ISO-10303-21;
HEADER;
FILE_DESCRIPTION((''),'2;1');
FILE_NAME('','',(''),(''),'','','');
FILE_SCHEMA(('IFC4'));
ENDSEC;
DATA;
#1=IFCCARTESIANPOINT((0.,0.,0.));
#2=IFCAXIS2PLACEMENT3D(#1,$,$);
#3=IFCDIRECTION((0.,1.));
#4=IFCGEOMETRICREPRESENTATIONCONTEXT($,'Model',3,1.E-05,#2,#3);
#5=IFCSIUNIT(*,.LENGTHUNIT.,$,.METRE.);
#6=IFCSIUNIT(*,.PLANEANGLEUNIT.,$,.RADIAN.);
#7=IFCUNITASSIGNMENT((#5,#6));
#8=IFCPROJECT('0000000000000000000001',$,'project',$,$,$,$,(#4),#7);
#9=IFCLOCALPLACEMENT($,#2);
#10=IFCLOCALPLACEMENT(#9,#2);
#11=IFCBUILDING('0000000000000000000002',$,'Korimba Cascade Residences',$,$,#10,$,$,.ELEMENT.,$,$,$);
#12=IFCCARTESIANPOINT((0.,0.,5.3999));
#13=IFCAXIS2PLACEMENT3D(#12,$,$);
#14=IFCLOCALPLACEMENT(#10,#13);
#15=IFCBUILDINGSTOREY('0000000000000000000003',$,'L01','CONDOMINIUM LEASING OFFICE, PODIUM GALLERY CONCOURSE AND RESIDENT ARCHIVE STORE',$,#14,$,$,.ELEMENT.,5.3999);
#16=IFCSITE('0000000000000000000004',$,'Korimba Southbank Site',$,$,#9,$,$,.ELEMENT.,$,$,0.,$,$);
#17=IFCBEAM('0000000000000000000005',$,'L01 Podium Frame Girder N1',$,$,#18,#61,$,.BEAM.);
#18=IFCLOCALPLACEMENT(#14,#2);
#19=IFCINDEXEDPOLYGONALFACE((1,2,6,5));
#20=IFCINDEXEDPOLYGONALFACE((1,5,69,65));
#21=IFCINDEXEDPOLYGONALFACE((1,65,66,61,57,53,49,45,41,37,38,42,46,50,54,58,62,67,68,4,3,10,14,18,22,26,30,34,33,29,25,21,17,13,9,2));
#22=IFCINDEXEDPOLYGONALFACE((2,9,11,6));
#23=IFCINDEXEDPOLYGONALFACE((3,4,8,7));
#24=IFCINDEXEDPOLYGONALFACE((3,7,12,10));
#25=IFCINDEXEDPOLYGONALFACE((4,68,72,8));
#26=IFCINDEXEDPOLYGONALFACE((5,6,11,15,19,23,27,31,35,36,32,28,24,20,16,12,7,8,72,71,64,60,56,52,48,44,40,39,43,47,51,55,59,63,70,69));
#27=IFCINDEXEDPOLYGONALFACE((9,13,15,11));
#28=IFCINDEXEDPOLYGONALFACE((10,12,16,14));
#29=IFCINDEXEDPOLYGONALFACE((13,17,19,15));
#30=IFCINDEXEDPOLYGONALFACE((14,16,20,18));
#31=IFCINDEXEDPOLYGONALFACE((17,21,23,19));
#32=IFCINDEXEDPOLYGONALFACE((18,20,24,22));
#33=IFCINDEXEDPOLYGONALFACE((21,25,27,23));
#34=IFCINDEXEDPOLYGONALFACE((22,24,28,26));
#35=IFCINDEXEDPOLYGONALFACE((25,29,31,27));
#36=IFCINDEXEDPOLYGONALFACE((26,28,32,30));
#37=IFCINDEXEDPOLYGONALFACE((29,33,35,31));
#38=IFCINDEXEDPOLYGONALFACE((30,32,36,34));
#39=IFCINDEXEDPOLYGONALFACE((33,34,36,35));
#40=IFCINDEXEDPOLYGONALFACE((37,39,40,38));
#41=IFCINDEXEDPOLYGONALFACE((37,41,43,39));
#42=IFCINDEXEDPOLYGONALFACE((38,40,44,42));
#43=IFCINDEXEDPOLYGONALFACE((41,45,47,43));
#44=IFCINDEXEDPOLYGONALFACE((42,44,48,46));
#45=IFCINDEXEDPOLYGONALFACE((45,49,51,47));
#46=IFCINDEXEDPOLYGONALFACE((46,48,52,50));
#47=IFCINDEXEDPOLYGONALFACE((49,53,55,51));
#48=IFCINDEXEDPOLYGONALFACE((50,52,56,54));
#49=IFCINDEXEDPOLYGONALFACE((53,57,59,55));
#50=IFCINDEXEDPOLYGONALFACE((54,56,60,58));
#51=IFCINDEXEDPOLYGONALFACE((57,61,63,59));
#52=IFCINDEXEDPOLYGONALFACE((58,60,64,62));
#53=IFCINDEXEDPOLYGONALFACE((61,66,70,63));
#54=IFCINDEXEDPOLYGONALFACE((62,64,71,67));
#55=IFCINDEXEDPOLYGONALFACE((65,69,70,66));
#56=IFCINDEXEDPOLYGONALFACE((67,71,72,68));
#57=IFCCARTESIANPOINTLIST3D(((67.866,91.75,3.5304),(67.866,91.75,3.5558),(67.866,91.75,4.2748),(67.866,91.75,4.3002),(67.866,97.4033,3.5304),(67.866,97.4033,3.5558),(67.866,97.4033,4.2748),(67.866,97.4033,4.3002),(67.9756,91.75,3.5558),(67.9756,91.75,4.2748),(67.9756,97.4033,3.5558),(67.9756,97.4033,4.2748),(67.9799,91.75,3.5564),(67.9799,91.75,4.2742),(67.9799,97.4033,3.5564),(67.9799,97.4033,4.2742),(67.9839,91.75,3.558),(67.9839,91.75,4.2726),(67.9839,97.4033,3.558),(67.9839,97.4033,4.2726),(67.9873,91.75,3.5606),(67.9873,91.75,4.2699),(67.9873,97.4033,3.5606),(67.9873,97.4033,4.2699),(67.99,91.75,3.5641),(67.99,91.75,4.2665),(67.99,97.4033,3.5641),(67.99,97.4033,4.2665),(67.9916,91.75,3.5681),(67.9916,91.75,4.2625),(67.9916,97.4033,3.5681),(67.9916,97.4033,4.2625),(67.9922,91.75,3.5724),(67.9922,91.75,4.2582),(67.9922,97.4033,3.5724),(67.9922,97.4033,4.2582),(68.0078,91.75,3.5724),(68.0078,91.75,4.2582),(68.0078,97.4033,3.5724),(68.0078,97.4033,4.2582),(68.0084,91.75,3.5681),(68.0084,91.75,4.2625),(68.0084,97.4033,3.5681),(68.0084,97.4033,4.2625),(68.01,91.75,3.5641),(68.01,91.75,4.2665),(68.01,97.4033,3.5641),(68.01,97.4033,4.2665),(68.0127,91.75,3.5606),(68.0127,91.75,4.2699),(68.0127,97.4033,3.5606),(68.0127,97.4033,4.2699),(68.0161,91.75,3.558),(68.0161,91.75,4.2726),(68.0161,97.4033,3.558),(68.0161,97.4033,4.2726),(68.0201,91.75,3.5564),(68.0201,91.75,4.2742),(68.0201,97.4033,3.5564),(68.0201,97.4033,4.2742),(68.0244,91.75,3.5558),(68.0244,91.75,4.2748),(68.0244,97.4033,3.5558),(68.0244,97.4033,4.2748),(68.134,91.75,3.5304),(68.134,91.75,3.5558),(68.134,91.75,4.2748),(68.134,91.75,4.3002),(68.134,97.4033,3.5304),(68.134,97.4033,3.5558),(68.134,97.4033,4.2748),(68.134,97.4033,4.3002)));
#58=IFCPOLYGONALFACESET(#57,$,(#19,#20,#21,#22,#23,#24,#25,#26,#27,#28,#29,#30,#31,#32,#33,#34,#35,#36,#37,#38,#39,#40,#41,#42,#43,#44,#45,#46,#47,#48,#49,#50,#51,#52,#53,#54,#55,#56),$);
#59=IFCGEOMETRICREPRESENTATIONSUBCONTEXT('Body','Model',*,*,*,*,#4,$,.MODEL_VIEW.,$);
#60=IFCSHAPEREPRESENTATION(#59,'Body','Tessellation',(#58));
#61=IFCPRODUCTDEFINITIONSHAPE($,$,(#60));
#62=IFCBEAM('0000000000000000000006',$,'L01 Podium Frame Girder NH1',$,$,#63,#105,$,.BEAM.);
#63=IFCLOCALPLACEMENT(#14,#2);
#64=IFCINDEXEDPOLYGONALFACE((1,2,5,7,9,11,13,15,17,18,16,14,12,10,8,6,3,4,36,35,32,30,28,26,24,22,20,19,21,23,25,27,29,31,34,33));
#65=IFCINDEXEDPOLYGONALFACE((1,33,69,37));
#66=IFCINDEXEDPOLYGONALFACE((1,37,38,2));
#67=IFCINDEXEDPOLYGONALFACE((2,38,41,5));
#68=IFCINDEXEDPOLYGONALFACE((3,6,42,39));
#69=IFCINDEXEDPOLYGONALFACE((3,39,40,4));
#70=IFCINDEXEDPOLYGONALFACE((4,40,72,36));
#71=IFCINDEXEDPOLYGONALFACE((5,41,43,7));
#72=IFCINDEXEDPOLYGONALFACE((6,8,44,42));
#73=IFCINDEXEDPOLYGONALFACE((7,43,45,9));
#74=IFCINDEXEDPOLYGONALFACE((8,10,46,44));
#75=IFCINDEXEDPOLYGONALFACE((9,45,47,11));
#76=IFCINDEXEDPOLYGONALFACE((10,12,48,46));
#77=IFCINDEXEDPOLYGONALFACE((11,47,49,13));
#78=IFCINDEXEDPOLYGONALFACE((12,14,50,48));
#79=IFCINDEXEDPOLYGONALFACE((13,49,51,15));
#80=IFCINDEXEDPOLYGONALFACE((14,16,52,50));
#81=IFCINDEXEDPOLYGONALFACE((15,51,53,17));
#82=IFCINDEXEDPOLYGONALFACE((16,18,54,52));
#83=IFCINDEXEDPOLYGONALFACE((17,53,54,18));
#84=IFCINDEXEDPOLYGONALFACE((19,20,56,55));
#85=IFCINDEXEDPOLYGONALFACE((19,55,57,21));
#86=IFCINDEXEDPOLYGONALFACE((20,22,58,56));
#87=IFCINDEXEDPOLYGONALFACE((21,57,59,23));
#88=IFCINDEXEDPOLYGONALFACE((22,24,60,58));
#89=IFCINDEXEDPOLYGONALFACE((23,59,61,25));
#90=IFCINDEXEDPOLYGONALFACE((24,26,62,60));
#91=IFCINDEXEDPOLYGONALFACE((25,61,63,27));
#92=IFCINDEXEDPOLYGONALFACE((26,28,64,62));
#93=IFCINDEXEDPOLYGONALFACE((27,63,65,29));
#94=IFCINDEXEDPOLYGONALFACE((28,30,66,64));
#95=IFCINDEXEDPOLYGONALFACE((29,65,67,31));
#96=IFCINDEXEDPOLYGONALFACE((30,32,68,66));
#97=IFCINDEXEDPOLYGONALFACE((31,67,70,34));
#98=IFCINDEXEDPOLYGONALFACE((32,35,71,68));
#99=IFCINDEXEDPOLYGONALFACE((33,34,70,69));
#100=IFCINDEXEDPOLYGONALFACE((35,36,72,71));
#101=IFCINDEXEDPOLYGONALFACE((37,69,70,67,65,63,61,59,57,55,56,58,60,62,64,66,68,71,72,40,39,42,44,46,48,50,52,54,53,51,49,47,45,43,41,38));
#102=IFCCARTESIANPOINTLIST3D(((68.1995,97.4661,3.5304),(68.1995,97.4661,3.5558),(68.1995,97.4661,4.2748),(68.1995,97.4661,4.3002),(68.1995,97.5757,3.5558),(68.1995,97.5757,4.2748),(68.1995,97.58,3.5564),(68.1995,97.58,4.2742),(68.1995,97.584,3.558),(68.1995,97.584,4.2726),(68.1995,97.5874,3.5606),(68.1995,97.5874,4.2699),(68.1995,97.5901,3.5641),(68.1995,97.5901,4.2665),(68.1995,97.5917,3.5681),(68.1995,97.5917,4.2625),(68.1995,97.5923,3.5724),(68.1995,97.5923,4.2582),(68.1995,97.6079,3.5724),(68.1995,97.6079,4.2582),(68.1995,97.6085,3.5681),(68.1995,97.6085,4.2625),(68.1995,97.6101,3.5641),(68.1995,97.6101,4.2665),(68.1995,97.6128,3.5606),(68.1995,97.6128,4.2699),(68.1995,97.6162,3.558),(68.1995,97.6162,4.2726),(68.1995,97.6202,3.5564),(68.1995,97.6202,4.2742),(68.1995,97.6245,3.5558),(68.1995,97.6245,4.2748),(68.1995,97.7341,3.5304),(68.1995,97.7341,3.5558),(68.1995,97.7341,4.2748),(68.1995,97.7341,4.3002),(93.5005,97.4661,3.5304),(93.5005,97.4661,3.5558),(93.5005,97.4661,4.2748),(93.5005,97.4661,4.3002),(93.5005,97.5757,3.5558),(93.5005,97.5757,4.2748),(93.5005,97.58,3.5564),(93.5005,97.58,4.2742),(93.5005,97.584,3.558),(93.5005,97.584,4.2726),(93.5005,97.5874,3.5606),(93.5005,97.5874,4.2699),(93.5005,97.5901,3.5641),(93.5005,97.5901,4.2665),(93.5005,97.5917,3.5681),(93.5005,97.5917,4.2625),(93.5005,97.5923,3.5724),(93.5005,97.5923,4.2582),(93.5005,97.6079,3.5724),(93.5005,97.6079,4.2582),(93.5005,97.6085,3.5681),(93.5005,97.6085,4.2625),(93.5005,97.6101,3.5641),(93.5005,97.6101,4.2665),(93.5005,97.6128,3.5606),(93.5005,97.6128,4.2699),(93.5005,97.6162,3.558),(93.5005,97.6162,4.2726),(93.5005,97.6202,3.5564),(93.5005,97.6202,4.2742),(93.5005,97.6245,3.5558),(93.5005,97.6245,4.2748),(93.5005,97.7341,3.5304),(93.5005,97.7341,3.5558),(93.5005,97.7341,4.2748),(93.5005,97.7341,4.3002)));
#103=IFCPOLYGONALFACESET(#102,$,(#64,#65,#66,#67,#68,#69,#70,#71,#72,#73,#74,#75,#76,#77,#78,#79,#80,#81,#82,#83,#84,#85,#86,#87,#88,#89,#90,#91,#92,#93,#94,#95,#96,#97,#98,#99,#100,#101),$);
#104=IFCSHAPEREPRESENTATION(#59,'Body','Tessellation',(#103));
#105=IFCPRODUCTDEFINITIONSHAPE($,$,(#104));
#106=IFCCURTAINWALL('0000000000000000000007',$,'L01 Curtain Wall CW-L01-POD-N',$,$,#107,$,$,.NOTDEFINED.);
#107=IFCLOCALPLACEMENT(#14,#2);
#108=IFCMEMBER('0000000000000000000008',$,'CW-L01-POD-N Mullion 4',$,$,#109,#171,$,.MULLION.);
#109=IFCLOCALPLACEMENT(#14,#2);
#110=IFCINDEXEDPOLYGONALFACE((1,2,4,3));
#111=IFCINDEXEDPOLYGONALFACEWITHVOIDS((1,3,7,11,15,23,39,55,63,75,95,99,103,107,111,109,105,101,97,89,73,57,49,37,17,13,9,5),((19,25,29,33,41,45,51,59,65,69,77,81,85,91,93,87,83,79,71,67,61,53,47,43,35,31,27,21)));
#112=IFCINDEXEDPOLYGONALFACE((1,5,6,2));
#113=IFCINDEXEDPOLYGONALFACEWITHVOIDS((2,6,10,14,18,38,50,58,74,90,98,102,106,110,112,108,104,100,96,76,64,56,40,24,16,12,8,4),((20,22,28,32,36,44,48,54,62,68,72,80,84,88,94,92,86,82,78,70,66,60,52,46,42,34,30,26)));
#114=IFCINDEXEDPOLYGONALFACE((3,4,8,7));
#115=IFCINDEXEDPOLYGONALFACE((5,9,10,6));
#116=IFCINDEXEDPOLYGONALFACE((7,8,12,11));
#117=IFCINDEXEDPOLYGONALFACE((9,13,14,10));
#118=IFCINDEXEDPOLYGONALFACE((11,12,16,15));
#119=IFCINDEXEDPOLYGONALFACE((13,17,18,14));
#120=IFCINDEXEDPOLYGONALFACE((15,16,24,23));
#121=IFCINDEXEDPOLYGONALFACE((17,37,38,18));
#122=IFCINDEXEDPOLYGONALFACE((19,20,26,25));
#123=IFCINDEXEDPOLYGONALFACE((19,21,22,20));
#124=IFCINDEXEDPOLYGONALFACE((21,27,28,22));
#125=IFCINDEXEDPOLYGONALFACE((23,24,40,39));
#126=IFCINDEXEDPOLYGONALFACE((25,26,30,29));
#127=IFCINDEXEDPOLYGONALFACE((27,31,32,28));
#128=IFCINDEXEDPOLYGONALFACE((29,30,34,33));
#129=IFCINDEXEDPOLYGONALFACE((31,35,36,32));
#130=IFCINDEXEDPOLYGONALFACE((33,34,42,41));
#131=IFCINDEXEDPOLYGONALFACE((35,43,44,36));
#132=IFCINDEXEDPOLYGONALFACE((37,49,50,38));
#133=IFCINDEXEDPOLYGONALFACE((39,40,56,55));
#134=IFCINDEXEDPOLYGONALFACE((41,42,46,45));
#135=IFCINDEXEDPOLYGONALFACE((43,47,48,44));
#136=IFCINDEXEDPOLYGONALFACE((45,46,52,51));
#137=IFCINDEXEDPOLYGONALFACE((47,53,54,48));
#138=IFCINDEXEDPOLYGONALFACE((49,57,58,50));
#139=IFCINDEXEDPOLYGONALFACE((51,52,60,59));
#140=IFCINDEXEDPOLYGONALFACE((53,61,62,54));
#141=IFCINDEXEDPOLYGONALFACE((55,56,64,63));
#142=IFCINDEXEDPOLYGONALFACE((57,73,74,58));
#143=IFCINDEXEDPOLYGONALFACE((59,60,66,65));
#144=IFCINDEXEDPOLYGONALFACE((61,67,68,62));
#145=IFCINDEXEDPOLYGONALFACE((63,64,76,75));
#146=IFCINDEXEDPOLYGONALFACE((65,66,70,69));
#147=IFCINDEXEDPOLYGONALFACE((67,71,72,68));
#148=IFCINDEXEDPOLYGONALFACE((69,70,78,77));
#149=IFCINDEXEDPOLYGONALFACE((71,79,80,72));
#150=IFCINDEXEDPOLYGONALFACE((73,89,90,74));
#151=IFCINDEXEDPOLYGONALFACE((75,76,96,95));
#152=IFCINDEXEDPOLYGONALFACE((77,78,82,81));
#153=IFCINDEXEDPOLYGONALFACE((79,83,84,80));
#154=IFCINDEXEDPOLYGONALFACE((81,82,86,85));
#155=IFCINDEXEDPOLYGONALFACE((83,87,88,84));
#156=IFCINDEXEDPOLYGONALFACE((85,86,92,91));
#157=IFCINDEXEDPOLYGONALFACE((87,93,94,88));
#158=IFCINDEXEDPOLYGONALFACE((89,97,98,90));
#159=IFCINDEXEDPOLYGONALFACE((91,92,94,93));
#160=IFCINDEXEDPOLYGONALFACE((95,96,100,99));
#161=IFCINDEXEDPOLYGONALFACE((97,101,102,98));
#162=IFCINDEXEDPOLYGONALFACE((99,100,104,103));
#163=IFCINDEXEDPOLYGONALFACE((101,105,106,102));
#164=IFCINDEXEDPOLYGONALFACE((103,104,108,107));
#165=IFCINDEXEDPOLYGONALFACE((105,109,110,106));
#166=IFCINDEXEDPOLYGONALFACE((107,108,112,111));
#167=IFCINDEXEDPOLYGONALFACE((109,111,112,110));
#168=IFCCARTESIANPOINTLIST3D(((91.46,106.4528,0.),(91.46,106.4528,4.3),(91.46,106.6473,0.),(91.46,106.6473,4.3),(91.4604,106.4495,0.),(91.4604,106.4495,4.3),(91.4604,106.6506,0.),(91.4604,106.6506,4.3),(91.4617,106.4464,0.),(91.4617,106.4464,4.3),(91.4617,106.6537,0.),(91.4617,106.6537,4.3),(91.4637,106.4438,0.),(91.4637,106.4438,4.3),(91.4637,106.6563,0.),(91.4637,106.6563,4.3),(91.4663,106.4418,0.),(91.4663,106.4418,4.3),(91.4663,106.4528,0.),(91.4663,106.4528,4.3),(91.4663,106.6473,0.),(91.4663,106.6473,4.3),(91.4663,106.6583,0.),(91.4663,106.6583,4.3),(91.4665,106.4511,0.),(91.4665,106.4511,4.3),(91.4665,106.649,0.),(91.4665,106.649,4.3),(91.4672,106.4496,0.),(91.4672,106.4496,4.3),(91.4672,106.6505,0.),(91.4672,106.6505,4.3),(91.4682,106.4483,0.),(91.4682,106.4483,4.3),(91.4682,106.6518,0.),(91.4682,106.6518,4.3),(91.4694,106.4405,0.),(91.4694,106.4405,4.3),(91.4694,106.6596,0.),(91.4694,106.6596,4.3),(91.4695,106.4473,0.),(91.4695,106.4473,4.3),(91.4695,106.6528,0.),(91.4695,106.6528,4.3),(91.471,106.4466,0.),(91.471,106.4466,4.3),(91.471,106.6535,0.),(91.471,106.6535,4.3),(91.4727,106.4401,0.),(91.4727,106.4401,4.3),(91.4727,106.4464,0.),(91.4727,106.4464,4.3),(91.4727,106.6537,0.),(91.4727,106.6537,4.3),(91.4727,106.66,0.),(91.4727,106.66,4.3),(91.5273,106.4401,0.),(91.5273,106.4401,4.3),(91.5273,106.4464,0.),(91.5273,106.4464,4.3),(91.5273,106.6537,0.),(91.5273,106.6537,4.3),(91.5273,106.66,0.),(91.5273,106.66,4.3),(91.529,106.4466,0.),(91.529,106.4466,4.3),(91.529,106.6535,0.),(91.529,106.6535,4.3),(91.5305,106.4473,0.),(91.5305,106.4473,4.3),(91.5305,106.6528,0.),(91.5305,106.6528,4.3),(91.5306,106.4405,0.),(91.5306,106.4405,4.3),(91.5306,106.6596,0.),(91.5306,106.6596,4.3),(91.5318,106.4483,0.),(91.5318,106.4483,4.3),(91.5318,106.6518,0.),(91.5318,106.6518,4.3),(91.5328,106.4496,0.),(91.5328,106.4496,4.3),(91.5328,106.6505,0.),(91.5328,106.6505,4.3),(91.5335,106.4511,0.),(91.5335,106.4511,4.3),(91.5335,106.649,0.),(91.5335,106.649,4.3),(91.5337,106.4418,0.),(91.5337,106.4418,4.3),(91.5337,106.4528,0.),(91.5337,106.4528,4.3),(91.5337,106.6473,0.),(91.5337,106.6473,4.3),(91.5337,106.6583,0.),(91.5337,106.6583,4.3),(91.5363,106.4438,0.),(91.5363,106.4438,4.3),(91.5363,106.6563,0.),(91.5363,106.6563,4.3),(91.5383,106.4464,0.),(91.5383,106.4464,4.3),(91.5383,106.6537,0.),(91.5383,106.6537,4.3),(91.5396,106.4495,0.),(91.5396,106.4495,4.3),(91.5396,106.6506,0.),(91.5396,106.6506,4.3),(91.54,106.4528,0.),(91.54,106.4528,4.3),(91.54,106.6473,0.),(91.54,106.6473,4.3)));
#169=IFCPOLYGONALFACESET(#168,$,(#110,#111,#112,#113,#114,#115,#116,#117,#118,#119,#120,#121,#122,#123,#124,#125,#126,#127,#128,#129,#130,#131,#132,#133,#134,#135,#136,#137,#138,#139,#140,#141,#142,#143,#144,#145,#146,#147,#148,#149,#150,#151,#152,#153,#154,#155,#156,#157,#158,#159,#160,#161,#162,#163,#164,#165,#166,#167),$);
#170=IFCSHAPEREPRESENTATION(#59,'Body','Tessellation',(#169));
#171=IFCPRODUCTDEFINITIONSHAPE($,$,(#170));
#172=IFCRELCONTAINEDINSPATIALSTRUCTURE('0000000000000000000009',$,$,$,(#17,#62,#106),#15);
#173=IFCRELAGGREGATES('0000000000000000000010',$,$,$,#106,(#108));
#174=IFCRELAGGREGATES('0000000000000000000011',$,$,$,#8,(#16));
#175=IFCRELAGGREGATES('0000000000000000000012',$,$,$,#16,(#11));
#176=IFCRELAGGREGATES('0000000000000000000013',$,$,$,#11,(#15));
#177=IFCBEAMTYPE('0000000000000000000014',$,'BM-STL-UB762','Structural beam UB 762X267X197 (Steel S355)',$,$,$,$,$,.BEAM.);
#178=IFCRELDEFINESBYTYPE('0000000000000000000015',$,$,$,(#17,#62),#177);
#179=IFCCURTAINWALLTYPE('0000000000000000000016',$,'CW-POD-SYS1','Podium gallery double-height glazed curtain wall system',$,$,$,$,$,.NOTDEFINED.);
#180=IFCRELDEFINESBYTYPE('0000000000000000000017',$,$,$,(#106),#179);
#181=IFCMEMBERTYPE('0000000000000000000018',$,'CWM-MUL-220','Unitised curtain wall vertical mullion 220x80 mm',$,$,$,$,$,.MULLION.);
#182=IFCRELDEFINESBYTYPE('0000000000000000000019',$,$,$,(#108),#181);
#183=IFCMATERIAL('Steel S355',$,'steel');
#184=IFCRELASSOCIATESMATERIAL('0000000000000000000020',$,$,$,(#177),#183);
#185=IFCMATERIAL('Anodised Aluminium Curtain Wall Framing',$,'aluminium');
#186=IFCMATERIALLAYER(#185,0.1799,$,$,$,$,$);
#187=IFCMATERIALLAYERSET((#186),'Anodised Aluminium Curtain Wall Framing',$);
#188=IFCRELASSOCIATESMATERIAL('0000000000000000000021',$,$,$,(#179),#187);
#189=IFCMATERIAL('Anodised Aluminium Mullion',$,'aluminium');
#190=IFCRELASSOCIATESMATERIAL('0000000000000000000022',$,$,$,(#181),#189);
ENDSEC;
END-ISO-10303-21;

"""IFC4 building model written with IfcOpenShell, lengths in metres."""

from ifc_helpers import new_model, si_unit, direction, frame, origin, origin_2d, place, context, subcontext, project, spatial, hollow_rectangle, i_section, extrude, material, layer, layer_set, material_profile, profile_set, type_object, element, aggregate, save


model = new_model("IFC4")

# Units and contexts
model_context = context("Model", 3, precision=1e-05, world=origin(), true_north=direction((0.0, 1.0)))
body_context = subcontext(model_context, "Body", "Model", "MODEL_VIEW")
ifc_project = project(units=[si_unit("LENGTHUNIT", "METRE"), si_unit("PLANEANGLEUNIT", "RADIAN")], contexts=[model_context])

# Site, building, storey
site_placement = place(None, origin())
site = spatial("IfcSite", under=ifc_project, at=site_placement, Name="Korimba Southbank Site", CompositionType="ELEMENT", RefElevation=0.0)
building_placement = place(site_placement, origin())
building = spatial("IfcBuilding", under=site, at=building_placement, Name="Korimba Cascade Residences", CompositionType="ELEMENT")
storey_placement = place(building_placement, frame((0.0, 0.0, 5.3999)))
storey = spatial("IfcBuildingStorey", under=building, at=storey_placement, Name="L01", Description="CONDOMINIUM LEASING OFFICE, PODIUM GALLERY CONCOURSE AND RESIDENT ARCHIVE STORE", CompositionType="ELEMENT", Elevation=5.3999)

# Shared definitions
ifc_material_1 = material(Name="Steel S355", Category="steel")

# Beams
ifc_material_profile_1 = material_profile(ifc_material_1, i_section(OverallWidth=0.2681, OverallDepth=0.7698, WebThickness=0.0156, FlangeThickness=0.0254, FilletRadius=0.0166, at=origin_2d()), Name="Steel S355")
ifc_profile_set_1 = profile_set([ifc_material_profile_1], Name="Steel S355")
beam_type_1 = type_object("IfcBeamType", Name="BM-STL-UB762", Description="Structural beam UB 762X267X197 (Steel S355)", PredefinedType="BEAM", material=ifc_profile_set_1)
beam_1_placement = place(storey_placement, frame((68.0, 91.75, 3.9153), z_axis=(0.0, 1.0, 0.0), x_axis=(-1.0, 0.0, 0.0)))
element("IfcBeam", 1, at=beam_1_placement, inside=storey, type_object=beam_type_1, Name="L01 Podium Frame Girder N1", PredefinedType="BEAM", context=body_context, shape_type="SweptSolid", body=[
    extrude(i_section(OverallWidth=0.2681, OverallDepth=0.7698, WebThickness=0.0156, FlangeThickness=0.0254, FilletRadius=0.0166, at=origin_2d()), origin(), (0.0, 0.0, 1.0), 5.6533),
])
beam_2_placement = place(storey_placement, frame((68.1995, 97.6001, 3.9153), z_axis=(1.0, 0.0, 0.0), x_axis=(0.0, 1.0, 0.0)))
element("IfcBeam", 2, at=beam_2_placement, inside=storey, type_object=beam_type_1, Name="L01 Podium Frame Girder NH1", PredefinedType="BEAM", context=body_context, shape_type="SweptSolid", body=[
    extrude(i_section(OverallWidth=0.2681, OverallDepth=0.7698, WebThickness=0.0156, FlangeThickness=0.0254, FilletRadius=0.0166, at=origin_2d()), origin(), (0.0, 0.0, 1.0), 25.301),
])

# Curtain wall, member
ifc_material_2 = material(Name="Anodised Aluminium Curtain Wall Framing", Category="aluminium")
ifc_layer_1 = layer(ifc_material_2, 0.1799)
ifc_layer_set_1 = layer_set([ifc_layer_1], Name="Anodised Aluminium Curtain Wall Framing")
curtain_wall_type = type_object("IfcCurtainWallType", Name="CW-POD-SYS1", Description="Podium gallery double-height glazed curtain wall system", PredefinedType="NOTDEFINED", material=ifc_layer_set_1)
curtain_wall_placement = place(storey_placement, origin())
curtain_wall = element("IfcCurtainWall", 3, at=curtain_wall_placement, inside=storey, type_object=curtain_wall_type, Name="L01 Curtain Wall CW-L01-POD-N", PredefinedType="NOTDEFINED")
ifc_material_3 = material(Name="Anodised Aluminium Mullion", Category="aluminium")
ifc_material_profile_2 = material_profile(ifc_material_3, hollow_rectangle(XDim=0.0801, YDim=0.22, WallThickness=0.0063, InnerFilletRadius=0.0063, OuterFilletRadius=0.0127, at=origin_2d()), Name="Anodised Aluminium Mullion")
ifc_profile_set_2 = profile_set([ifc_material_profile_2], Name="Anodised Aluminium Mullion")
member_type_1 = type_object("IfcMemberType", Name="CWM-MUL-220", Description="Unitised curtain wall vertical mullion 220x80 mm", PredefinedType="MULLION", material=ifc_profile_set_2)
member_1_placement = place(storey_placement, frame((91.5, 106.55, 0.0), z_axis=(0.0, 0.0, 1.0), x_axis=(-1.0, 0.0, 0.0)))
member_1 = element("IfcMember", 4, at=member_1_placement, type_object=member_type_1, Name="CW-L01-POD-N Mullion 4", PredefinedType="MULLION", context=body_context, shape_type="SweptSolid", body=[
    extrude(hollow_rectangle(XDim=0.0801, YDim=0.22, WallThickness=0.0063, InnerFilletRadius=0.0063, OuterFilletRadius=0.0127, at=origin_2d()), origin(), (0.0, 0.0, 1.0), 4.3),
])
aggregate(curtain_wall, [member_1])

save(model, "model.ifc")
